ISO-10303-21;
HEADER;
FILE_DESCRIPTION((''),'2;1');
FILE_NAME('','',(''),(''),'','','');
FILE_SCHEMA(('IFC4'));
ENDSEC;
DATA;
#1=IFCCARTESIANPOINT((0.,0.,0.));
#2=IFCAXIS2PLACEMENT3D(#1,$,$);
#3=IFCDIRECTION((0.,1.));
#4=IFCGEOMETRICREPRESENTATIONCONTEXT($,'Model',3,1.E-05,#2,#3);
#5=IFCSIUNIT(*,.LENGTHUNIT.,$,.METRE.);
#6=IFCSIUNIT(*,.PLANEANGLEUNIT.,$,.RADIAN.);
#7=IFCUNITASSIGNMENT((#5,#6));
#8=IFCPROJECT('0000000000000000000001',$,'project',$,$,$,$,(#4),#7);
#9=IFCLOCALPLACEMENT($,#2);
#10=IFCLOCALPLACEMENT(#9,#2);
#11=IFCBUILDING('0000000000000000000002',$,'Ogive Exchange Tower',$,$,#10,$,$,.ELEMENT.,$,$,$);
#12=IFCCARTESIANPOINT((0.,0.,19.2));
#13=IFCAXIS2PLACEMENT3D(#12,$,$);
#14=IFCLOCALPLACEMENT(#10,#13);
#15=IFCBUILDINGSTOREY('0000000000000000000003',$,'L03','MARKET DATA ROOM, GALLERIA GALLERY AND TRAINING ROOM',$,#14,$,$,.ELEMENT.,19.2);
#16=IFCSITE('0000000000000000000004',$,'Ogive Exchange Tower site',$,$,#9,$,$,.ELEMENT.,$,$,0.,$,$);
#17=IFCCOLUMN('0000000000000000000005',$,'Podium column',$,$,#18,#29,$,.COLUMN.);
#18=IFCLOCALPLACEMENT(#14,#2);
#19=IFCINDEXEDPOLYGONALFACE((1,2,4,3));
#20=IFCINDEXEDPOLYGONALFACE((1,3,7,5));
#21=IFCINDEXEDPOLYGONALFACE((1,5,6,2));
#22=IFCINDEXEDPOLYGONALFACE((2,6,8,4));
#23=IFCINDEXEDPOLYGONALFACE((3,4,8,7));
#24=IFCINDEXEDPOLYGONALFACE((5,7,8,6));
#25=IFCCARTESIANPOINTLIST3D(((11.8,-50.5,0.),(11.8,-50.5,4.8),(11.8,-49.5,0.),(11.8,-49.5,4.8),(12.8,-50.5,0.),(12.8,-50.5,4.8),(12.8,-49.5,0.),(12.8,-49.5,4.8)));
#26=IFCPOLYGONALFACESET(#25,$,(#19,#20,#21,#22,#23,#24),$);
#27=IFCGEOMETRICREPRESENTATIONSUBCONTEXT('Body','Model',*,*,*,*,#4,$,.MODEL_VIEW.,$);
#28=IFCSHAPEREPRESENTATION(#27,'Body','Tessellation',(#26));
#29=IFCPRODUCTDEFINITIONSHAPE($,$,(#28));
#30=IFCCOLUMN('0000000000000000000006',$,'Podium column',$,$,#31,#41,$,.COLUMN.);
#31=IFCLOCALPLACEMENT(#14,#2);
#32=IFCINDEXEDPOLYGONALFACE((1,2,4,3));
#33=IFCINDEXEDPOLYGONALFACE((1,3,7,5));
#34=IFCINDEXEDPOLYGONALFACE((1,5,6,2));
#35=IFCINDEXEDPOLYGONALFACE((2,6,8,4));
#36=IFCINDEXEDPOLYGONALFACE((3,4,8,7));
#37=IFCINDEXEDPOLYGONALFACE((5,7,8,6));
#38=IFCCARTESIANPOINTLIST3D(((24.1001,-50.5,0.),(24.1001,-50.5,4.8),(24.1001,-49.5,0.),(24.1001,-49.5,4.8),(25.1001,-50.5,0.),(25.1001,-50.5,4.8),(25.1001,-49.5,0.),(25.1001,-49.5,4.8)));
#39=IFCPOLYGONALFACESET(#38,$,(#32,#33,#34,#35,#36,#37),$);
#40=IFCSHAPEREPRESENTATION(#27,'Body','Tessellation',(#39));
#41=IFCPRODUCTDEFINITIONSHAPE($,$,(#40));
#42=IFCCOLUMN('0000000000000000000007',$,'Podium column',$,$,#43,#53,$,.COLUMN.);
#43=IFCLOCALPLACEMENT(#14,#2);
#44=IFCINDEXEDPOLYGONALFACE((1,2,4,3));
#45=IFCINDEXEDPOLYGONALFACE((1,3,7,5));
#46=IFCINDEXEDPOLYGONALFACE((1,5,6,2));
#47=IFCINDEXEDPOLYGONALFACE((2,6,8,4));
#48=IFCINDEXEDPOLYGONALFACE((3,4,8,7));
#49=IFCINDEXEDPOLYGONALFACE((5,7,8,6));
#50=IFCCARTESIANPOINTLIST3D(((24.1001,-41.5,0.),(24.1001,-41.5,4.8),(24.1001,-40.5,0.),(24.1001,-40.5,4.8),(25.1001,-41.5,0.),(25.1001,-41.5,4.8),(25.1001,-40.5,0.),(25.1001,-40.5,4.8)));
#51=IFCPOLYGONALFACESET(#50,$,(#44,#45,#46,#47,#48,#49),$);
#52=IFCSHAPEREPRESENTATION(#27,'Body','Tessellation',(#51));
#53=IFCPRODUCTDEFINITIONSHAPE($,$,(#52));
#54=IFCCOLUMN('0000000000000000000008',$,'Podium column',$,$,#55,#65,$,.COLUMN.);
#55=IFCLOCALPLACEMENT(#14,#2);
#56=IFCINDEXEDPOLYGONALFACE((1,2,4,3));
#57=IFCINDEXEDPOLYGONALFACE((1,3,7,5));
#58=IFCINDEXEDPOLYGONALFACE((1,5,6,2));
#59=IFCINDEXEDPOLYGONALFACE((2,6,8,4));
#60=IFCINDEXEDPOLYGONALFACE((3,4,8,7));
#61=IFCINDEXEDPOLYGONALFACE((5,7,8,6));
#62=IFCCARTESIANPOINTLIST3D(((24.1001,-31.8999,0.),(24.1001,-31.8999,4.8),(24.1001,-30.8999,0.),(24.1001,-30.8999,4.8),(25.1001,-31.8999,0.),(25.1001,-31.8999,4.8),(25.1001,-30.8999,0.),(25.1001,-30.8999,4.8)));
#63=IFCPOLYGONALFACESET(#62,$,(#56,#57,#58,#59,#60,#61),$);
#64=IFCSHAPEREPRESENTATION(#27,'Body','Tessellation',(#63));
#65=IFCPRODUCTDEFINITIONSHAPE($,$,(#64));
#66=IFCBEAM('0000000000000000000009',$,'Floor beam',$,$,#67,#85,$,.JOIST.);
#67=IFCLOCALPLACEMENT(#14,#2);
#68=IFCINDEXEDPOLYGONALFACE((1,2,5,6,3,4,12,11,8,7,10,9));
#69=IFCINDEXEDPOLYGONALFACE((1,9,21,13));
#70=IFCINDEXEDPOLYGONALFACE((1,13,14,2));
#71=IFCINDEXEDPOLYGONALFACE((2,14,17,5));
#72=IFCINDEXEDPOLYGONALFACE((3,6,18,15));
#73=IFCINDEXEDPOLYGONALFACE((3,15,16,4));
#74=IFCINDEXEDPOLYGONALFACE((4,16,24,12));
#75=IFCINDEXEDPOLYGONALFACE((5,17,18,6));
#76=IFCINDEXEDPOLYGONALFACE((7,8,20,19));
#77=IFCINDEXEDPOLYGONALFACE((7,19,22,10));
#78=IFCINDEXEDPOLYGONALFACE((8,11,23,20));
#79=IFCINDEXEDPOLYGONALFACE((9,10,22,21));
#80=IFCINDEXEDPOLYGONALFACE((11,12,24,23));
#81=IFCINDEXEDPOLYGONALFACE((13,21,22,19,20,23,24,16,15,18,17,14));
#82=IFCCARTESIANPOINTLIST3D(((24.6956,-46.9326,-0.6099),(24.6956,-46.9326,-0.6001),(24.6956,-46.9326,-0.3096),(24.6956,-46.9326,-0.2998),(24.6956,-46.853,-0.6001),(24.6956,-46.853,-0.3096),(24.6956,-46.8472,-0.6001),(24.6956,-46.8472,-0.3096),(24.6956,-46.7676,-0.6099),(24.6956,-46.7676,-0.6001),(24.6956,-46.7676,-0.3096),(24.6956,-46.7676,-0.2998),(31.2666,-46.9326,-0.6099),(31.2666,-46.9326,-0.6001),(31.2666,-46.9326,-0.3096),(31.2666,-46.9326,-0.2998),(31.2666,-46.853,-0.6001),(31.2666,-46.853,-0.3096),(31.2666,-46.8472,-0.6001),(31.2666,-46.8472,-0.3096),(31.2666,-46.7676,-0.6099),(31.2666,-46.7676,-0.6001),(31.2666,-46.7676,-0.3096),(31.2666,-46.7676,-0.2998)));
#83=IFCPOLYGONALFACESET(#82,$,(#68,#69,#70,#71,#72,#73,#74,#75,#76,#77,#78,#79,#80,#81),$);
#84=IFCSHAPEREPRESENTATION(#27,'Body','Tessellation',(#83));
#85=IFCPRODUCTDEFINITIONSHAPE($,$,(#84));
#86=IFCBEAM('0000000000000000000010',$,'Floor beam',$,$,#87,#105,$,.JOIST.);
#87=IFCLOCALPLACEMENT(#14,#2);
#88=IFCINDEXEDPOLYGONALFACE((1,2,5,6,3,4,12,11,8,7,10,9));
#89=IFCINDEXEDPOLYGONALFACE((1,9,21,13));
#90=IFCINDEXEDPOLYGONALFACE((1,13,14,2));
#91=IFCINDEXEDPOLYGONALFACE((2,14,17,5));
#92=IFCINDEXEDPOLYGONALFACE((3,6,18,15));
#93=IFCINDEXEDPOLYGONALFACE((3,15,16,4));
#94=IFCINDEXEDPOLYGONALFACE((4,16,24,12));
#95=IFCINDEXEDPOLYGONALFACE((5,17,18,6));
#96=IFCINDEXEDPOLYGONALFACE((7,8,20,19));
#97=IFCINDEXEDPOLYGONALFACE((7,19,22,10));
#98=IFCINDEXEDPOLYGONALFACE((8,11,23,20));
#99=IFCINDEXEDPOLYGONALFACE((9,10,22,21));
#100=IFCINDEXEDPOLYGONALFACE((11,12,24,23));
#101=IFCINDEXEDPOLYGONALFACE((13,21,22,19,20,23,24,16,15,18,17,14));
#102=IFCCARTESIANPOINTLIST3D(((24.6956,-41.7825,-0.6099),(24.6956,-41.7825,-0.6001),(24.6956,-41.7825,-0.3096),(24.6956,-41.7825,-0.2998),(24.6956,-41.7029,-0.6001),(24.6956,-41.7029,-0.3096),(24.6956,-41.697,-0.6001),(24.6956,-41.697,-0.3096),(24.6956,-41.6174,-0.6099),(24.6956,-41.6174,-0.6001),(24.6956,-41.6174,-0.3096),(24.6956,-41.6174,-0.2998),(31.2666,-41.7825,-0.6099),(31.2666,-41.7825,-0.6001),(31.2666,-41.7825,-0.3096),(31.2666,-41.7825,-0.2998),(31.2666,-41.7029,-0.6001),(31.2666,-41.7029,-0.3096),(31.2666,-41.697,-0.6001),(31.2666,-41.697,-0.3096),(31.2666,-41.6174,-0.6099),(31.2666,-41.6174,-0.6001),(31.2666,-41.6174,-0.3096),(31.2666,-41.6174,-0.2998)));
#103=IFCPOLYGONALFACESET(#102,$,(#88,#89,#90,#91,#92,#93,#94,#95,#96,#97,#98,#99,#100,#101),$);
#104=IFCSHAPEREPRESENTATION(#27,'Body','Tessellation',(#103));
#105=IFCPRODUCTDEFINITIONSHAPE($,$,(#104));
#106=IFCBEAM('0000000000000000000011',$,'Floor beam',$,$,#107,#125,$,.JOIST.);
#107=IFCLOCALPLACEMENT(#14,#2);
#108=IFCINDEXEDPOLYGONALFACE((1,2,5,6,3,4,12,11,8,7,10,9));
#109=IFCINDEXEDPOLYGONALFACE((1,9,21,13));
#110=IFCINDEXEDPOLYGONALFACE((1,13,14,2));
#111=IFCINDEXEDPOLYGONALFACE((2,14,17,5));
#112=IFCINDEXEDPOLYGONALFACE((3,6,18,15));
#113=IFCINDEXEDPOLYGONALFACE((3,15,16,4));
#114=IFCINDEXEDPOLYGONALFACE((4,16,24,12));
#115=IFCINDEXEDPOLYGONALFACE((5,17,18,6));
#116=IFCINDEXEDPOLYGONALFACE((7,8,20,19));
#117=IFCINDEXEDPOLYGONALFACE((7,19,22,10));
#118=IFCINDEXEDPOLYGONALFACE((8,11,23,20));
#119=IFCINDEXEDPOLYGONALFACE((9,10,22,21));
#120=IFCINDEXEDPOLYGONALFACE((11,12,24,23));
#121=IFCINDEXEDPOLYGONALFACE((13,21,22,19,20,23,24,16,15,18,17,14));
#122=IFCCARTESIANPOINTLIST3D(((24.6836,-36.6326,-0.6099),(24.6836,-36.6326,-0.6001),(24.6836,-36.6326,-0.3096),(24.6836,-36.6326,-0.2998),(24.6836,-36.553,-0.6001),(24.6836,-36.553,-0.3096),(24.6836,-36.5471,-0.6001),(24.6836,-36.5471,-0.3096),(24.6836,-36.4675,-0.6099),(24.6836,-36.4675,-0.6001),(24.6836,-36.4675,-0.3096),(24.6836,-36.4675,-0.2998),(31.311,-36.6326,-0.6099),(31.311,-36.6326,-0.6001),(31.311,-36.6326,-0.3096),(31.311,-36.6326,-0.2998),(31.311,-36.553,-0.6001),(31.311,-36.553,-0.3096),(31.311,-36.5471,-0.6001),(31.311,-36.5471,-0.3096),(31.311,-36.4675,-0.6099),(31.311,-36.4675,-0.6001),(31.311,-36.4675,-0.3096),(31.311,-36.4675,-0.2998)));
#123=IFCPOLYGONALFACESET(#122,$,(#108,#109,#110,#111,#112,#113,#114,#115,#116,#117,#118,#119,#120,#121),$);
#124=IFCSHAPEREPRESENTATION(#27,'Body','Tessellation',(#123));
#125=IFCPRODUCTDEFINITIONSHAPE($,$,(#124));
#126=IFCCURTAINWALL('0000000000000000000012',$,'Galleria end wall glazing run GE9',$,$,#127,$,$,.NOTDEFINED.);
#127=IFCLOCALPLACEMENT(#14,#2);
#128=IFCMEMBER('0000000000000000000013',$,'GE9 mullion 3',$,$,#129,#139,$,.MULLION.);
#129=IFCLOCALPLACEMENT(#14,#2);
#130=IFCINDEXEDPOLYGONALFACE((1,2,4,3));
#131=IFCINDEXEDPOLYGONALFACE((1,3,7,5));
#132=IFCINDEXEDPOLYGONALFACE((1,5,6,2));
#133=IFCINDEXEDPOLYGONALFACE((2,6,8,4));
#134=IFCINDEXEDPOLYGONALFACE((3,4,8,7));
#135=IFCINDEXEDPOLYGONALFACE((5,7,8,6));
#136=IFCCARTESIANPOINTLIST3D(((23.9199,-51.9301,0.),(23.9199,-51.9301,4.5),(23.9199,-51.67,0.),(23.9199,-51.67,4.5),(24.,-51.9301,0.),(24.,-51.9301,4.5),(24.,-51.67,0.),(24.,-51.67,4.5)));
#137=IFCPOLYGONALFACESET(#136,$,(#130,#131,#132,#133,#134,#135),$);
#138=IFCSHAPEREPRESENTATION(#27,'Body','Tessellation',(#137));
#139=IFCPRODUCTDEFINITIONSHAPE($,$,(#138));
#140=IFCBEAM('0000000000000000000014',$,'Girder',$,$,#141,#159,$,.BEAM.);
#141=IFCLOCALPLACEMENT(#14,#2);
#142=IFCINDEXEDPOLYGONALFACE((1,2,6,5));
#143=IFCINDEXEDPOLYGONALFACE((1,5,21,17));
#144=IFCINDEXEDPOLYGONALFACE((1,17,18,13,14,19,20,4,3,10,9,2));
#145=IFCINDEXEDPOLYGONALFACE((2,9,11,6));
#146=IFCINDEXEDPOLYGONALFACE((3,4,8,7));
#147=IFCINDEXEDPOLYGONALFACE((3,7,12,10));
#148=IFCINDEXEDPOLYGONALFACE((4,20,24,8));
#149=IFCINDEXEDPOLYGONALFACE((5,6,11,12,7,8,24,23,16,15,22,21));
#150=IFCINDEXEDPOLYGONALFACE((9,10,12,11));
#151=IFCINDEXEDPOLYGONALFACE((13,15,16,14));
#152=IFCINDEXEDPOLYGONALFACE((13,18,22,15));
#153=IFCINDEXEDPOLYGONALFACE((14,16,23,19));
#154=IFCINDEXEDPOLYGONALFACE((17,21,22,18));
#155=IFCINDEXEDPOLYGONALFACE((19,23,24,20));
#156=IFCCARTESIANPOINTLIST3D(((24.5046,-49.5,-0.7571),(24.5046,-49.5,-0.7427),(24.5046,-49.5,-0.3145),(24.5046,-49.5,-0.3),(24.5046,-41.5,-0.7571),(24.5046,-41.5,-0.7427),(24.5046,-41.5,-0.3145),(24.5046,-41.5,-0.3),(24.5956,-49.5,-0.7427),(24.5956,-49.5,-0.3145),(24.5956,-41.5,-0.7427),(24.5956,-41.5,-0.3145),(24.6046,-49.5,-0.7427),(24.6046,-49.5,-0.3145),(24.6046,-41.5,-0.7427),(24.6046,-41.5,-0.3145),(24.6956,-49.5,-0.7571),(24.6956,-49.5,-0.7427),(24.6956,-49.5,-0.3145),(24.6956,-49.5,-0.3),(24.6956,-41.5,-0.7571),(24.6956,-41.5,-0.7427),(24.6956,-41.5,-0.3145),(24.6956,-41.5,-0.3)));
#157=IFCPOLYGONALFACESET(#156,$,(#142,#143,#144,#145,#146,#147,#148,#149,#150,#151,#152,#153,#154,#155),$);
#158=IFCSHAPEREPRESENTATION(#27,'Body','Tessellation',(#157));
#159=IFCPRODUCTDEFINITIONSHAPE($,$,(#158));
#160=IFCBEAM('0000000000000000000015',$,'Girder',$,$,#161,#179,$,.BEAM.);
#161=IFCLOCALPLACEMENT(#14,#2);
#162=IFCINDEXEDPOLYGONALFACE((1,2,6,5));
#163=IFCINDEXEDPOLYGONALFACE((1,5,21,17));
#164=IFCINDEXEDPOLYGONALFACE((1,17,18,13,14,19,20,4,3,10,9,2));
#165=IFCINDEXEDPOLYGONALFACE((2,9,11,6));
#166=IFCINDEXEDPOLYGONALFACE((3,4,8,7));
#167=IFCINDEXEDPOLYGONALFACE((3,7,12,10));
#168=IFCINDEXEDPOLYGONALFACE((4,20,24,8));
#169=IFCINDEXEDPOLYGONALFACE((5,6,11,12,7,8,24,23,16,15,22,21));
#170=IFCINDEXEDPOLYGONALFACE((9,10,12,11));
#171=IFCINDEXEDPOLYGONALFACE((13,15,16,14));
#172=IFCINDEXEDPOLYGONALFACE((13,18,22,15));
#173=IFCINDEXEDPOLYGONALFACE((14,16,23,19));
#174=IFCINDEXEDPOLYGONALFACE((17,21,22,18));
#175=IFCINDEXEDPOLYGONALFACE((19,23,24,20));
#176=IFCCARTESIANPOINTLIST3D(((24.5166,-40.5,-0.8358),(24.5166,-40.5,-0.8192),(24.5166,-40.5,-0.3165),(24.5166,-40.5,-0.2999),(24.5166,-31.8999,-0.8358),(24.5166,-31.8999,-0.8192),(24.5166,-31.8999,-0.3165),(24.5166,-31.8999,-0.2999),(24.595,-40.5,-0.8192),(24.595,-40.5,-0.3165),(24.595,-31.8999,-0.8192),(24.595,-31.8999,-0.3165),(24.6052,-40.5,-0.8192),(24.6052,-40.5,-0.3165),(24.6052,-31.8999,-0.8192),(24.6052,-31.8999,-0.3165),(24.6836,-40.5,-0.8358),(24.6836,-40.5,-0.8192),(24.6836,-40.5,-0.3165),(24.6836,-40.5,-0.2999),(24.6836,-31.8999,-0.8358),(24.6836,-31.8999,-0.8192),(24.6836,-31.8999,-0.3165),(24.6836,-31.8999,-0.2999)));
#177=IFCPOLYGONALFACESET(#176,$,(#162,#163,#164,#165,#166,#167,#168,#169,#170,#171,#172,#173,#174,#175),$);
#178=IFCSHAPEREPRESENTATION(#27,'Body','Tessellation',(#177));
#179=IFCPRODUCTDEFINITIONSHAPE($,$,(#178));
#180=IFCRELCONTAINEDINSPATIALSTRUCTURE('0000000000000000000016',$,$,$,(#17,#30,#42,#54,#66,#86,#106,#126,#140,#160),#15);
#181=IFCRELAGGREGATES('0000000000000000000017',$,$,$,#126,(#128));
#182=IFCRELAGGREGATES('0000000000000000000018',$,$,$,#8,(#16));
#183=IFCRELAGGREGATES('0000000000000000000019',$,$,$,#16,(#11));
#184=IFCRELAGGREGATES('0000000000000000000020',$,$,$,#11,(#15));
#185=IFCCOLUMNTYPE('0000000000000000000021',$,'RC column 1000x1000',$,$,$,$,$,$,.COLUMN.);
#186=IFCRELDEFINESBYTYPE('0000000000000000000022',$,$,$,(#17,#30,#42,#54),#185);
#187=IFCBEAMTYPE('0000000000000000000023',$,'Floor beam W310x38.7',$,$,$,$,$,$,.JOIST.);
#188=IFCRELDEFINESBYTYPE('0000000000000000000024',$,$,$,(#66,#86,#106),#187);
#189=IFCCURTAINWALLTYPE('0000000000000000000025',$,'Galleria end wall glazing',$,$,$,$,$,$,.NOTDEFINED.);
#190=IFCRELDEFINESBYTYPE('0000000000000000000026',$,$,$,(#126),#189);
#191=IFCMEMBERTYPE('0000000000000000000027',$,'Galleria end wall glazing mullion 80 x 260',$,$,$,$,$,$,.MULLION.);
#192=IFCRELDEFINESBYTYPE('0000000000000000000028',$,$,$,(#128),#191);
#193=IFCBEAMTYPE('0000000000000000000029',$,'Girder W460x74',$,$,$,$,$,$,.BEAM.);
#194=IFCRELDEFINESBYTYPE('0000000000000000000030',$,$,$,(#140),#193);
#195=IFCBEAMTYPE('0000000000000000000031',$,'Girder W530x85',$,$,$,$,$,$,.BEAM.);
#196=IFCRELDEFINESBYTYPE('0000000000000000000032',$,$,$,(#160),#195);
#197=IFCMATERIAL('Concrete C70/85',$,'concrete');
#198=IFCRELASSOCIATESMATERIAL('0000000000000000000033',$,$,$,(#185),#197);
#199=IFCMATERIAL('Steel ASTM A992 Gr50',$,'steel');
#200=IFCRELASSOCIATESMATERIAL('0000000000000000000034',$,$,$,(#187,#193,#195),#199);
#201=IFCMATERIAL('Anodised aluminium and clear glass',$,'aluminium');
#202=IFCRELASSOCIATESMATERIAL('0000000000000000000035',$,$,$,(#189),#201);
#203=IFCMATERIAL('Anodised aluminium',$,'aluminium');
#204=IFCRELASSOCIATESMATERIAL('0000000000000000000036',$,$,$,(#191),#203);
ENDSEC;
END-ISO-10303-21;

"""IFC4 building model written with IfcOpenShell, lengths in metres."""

from ifc_helpers import new_model, si_unit, direction, frame, origin, origin_2d, place, context, subcontext, project, spatial, rectangle, i_section, extrude, material, material_profile, profile_set, type_object, element, aggregate, save


model = new_model("IFC4")

# Units and contexts
model_context = context("Model", 3, precision=1e-05, world=origin(), true_north=direction((0.0, 1.0)))
body_context = subcontext(model_context, "Body", "Model", "MODEL_VIEW")
ifc_project = project(units=[si_unit("LENGTHUNIT", "METRE"), si_unit("PLANEANGLEUNIT", "RADIAN")], contexts=[model_context])

# Site, building, storey
site_placement = place(None, origin())
site = spatial("IfcSite", under=ifc_project, at=site_placement, Name="Ogive Exchange Tower site", CompositionType="ELEMENT", RefElevation=0.0)
building_placement = place(site_placement, origin())
building = spatial("IfcBuilding", under=site, at=building_placement, Name="Ogive Exchange Tower", CompositionType="ELEMENT")
storey_placement = place(building_placement, frame((0.0, 0.0, 19.2)))
storey = spatial("IfcBuildingStorey", under=building, at=storey_placement, Name="L03", Description="MARKET DATA ROOM, GALLERIA GALLERY AND TRAINING ROOM", CompositionType="ELEMENT", Elevation=19.2)

# Columns
ifc_material_1 = material(Name="Concrete C70/85", Category="concrete")
ifc_material_profile_1 = material_profile(ifc_material_1, rectangle(XDim=1.0, YDim=1.0, at=origin_2d()), Name="RC 1000x1000")
ifc_profile_set_1 = profile_set([ifc_material_profile_1], Name="Concrete C70/85")
column_type = type_object("IfcColumnType", Name="RC column 1000x1000", PredefinedType="COLUMN", material=ifc_profile_set_1)
for number, where, z_axis, x_axis, name in (
    (1, (12.3, -50.0, 0.0), (0.0, 0.0, 1.0), (1.0, 0.0, 0.0), "Podium column"),
    (2, (24.6001, -50.0, 0.0), (0.0, 0.0, 1.0), (1.0, 0.0, 0.0), "Podium column"),
    (3, (24.6001, -41.0, 0.0), (0.0, 0.0, 1.0), (1.0, 0.0, 0.0), "Podium column"),
    (4, (24.6001, -31.3999, 0.0), (0.0, 0.0, 1.0), (1.0, 0.0, 0.0), "Podium column"),
):
    element("IfcColumn", number, at=place(storey_placement, frame(where, z_axis=z_axis, x_axis=x_axis)), inside=storey, type_object=column_type, Name=name, PredefinedType="COLUMN", context=body_context, shape_type="SweptSolid", body=[
        extrude(rectangle(XDim=1.0, YDim=1.0, at=origin_2d()), origin(), (0.0, 0.0, 1.0), 4.8),
    ])

# Beams
ifc_material_2 = material(Name="Steel ASTM A992 Gr50", Category="steel")
ifc_material_profile_2 = material_profile(ifc_material_2, i_section(OverallWidth=0.165, OverallDepth=0.3101, WebThickness=0.0059, FlangeThickness=0.0098, at=origin_2d()), Name="W310x38.7")
ifc_profile_set_2 = profile_set([ifc_material_profile_2], Name="Steel ASTM A992 Gr50")
beam_type_1 = type_object("IfcBeamType", Name="Floor beam W310x38.7", PredefinedType="JOIST", material=ifc_profile_set_2)
for number, where, z_axis, x_axis, name in (
    (5, (24.6956, -46.8501, -0.4548), (1.0, 0.0, 0.0), (0.0, 1.0, 0.0), "Floor beam"),
    (6, (24.6956, -41.7, -0.4548), (1.0, 0.0, 0.0), (0.0, 1.0, 0.0), "Floor beam"),
):
    element("IfcBeam", number, at=place(storey_placement, frame(where, z_axis=z_axis, x_axis=x_axis)), inside=storey, type_object=beam_type_1, Name=name, PredefinedType="JOIST", context=body_context, shape_type="SweptSolid", body=[
        extrude(i_section(OverallWidth=0.165, OverallDepth=0.3101, WebThickness=0.0059, FlangeThickness=0.0098, at=origin_2d()), origin(), (0.0, 0.0, 1.0), 6.571),
    ])
beam_1_placement = place(storey_placement, frame((24.6836, -36.55, -0.4548), z_axis=(1.0, 0.0, 0.0), x_axis=(0.0, 1.0, 0.0)))
element("IfcBeam", 7, at=beam_1_placement, inside=storey, type_object=beam_type_1, Name="Floor beam", PredefinedType="JOIST", context=body_context, shape_type="SweptSolid", body=[
    extrude(i_section(OverallWidth=0.165, OverallDepth=0.3101, WebThickness=0.0059, FlangeThickness=0.0098, at=origin_2d()), origin(), (0.0, 0.0, 1.0), 6.6274),
])

# Curtain wall, member
ifc_material_3 = material(Name="Anodised aluminium and clear glass", Category="aluminium")
curtain_wall_type = type_object("IfcCurtainWallType", Name="Galleria end wall glazing", PredefinedType="NOTDEFINED", material=ifc_material_3)
curtain_wall_placement = place(storey_placement, origin())
curtain_wall = element("IfcCurtainWall", 8, at=curtain_wall_placement, inside=storey, type_object=curtain_wall_type, Name="Galleria end wall glazing run GE9", PredefinedType="NOTDEFINED")
ifc_material_4 = material(Name="Anodised aluminium", Category="aluminium")
ifc_material_profile_3 = material_profile(ifc_material_4, rectangle(XDim=0.26, YDim=0.0801, at=origin_2d()), Name="AL 80x260")
ifc_profile_set_3 = profile_set([ifc_material_profile_3], Name="Anodised aluminium")
member_type = type_object("IfcMemberType", Name="Galleria end wall glazing mullion 80 x 260", PredefinedType="MULLION", material=ifc_profile_set_3)
member_placement = place(storey_placement, frame((23.96, -51.8, 0.0), z_axis=(0.0, 0.0, 1.0), x_axis=(0.0, 1.0, 0.0)))
member = element("IfcMember", 9, at=member_placement, type_object=member_type, Name="GE9 mullion 3", PredefinedType="MULLION", context=body_context, shape_type="SweptSolid", body=[
    extrude(rectangle(XDim=0.26, YDim=0.0801, at=origin_2d()), origin(), (0.0, 0.0, 1.0), 4.5),
])

# Beams
ifc_material_profile_4 = material_profile(ifc_material_2, i_section(OverallWidth=0.1909, OverallDepth=0.457, WebThickness=0.009, FlangeThickness=0.0144, at=origin_2d()), Name="W460x74")
ifc_profile_set_4 = profile_set([ifc_material_profile_4], Name="Steel ASTM A992 Gr50")
beam_type_2 = type_object("IfcBeamType", Name="Girder W460x74", PredefinedType="BEAM", material=ifc_profile_set_4)
beam_2_placement = place(storey_placement, frame((24.6001, -49.5, -0.5286), z_axis=(0.0, 1.0, 0.0), x_axis=(-1.0, 0.0, 0.0)))
element("IfcBeam", 10, at=beam_2_placement, inside=storey, type_object=beam_type_2, Name="Girder", PredefinedType="BEAM", context=body_context, shape_type="SweptSolid", body=[
    extrude(i_section(OverallWidth=0.1909, OverallDepth=0.457, WebThickness=0.009, FlangeThickness=0.0144, at=origin_2d()), origin(), (0.0, 0.0, 1.0), 8.0),
])
ifc_material_profile_5 = material_profile(ifc_material_2, i_section(OverallWidth=0.167, OverallDepth=0.5359, WebThickness=0.0103, FlangeThickness=0.0166, at=origin_2d()), Name="W530x85")
ifc_profile_set_5 = profile_set([ifc_material_profile_5], Name="Steel ASTM A992 Gr50")
beam_type_3 = type_object("IfcBeamType", Name="Girder W530x85", PredefinedType="BEAM", material=ifc_profile_set_5)
beam_3_placement = place(storey_placement, frame((24.6001, -40.5, -0.5679), z_axis=(0.0, 1.0, 0.0), x_axis=(-1.0, 0.0, 0.0)))
element("IfcBeam", 11, at=beam_3_placement, inside=storey, type_object=beam_type_3, Name="Girder", PredefinedType="BEAM", context=body_context, shape_type="SweptSolid", body=[
    extrude(i_section(OverallWidth=0.167, OverallDepth=0.5359, WebThickness=0.0103, FlangeThickness=0.0166, at=origin_2d()), origin(), (0.0, 0.0, 1.0), 8.6001),
])

aggregate(curtain_wall, [member])

save(model, "model.ifc")
